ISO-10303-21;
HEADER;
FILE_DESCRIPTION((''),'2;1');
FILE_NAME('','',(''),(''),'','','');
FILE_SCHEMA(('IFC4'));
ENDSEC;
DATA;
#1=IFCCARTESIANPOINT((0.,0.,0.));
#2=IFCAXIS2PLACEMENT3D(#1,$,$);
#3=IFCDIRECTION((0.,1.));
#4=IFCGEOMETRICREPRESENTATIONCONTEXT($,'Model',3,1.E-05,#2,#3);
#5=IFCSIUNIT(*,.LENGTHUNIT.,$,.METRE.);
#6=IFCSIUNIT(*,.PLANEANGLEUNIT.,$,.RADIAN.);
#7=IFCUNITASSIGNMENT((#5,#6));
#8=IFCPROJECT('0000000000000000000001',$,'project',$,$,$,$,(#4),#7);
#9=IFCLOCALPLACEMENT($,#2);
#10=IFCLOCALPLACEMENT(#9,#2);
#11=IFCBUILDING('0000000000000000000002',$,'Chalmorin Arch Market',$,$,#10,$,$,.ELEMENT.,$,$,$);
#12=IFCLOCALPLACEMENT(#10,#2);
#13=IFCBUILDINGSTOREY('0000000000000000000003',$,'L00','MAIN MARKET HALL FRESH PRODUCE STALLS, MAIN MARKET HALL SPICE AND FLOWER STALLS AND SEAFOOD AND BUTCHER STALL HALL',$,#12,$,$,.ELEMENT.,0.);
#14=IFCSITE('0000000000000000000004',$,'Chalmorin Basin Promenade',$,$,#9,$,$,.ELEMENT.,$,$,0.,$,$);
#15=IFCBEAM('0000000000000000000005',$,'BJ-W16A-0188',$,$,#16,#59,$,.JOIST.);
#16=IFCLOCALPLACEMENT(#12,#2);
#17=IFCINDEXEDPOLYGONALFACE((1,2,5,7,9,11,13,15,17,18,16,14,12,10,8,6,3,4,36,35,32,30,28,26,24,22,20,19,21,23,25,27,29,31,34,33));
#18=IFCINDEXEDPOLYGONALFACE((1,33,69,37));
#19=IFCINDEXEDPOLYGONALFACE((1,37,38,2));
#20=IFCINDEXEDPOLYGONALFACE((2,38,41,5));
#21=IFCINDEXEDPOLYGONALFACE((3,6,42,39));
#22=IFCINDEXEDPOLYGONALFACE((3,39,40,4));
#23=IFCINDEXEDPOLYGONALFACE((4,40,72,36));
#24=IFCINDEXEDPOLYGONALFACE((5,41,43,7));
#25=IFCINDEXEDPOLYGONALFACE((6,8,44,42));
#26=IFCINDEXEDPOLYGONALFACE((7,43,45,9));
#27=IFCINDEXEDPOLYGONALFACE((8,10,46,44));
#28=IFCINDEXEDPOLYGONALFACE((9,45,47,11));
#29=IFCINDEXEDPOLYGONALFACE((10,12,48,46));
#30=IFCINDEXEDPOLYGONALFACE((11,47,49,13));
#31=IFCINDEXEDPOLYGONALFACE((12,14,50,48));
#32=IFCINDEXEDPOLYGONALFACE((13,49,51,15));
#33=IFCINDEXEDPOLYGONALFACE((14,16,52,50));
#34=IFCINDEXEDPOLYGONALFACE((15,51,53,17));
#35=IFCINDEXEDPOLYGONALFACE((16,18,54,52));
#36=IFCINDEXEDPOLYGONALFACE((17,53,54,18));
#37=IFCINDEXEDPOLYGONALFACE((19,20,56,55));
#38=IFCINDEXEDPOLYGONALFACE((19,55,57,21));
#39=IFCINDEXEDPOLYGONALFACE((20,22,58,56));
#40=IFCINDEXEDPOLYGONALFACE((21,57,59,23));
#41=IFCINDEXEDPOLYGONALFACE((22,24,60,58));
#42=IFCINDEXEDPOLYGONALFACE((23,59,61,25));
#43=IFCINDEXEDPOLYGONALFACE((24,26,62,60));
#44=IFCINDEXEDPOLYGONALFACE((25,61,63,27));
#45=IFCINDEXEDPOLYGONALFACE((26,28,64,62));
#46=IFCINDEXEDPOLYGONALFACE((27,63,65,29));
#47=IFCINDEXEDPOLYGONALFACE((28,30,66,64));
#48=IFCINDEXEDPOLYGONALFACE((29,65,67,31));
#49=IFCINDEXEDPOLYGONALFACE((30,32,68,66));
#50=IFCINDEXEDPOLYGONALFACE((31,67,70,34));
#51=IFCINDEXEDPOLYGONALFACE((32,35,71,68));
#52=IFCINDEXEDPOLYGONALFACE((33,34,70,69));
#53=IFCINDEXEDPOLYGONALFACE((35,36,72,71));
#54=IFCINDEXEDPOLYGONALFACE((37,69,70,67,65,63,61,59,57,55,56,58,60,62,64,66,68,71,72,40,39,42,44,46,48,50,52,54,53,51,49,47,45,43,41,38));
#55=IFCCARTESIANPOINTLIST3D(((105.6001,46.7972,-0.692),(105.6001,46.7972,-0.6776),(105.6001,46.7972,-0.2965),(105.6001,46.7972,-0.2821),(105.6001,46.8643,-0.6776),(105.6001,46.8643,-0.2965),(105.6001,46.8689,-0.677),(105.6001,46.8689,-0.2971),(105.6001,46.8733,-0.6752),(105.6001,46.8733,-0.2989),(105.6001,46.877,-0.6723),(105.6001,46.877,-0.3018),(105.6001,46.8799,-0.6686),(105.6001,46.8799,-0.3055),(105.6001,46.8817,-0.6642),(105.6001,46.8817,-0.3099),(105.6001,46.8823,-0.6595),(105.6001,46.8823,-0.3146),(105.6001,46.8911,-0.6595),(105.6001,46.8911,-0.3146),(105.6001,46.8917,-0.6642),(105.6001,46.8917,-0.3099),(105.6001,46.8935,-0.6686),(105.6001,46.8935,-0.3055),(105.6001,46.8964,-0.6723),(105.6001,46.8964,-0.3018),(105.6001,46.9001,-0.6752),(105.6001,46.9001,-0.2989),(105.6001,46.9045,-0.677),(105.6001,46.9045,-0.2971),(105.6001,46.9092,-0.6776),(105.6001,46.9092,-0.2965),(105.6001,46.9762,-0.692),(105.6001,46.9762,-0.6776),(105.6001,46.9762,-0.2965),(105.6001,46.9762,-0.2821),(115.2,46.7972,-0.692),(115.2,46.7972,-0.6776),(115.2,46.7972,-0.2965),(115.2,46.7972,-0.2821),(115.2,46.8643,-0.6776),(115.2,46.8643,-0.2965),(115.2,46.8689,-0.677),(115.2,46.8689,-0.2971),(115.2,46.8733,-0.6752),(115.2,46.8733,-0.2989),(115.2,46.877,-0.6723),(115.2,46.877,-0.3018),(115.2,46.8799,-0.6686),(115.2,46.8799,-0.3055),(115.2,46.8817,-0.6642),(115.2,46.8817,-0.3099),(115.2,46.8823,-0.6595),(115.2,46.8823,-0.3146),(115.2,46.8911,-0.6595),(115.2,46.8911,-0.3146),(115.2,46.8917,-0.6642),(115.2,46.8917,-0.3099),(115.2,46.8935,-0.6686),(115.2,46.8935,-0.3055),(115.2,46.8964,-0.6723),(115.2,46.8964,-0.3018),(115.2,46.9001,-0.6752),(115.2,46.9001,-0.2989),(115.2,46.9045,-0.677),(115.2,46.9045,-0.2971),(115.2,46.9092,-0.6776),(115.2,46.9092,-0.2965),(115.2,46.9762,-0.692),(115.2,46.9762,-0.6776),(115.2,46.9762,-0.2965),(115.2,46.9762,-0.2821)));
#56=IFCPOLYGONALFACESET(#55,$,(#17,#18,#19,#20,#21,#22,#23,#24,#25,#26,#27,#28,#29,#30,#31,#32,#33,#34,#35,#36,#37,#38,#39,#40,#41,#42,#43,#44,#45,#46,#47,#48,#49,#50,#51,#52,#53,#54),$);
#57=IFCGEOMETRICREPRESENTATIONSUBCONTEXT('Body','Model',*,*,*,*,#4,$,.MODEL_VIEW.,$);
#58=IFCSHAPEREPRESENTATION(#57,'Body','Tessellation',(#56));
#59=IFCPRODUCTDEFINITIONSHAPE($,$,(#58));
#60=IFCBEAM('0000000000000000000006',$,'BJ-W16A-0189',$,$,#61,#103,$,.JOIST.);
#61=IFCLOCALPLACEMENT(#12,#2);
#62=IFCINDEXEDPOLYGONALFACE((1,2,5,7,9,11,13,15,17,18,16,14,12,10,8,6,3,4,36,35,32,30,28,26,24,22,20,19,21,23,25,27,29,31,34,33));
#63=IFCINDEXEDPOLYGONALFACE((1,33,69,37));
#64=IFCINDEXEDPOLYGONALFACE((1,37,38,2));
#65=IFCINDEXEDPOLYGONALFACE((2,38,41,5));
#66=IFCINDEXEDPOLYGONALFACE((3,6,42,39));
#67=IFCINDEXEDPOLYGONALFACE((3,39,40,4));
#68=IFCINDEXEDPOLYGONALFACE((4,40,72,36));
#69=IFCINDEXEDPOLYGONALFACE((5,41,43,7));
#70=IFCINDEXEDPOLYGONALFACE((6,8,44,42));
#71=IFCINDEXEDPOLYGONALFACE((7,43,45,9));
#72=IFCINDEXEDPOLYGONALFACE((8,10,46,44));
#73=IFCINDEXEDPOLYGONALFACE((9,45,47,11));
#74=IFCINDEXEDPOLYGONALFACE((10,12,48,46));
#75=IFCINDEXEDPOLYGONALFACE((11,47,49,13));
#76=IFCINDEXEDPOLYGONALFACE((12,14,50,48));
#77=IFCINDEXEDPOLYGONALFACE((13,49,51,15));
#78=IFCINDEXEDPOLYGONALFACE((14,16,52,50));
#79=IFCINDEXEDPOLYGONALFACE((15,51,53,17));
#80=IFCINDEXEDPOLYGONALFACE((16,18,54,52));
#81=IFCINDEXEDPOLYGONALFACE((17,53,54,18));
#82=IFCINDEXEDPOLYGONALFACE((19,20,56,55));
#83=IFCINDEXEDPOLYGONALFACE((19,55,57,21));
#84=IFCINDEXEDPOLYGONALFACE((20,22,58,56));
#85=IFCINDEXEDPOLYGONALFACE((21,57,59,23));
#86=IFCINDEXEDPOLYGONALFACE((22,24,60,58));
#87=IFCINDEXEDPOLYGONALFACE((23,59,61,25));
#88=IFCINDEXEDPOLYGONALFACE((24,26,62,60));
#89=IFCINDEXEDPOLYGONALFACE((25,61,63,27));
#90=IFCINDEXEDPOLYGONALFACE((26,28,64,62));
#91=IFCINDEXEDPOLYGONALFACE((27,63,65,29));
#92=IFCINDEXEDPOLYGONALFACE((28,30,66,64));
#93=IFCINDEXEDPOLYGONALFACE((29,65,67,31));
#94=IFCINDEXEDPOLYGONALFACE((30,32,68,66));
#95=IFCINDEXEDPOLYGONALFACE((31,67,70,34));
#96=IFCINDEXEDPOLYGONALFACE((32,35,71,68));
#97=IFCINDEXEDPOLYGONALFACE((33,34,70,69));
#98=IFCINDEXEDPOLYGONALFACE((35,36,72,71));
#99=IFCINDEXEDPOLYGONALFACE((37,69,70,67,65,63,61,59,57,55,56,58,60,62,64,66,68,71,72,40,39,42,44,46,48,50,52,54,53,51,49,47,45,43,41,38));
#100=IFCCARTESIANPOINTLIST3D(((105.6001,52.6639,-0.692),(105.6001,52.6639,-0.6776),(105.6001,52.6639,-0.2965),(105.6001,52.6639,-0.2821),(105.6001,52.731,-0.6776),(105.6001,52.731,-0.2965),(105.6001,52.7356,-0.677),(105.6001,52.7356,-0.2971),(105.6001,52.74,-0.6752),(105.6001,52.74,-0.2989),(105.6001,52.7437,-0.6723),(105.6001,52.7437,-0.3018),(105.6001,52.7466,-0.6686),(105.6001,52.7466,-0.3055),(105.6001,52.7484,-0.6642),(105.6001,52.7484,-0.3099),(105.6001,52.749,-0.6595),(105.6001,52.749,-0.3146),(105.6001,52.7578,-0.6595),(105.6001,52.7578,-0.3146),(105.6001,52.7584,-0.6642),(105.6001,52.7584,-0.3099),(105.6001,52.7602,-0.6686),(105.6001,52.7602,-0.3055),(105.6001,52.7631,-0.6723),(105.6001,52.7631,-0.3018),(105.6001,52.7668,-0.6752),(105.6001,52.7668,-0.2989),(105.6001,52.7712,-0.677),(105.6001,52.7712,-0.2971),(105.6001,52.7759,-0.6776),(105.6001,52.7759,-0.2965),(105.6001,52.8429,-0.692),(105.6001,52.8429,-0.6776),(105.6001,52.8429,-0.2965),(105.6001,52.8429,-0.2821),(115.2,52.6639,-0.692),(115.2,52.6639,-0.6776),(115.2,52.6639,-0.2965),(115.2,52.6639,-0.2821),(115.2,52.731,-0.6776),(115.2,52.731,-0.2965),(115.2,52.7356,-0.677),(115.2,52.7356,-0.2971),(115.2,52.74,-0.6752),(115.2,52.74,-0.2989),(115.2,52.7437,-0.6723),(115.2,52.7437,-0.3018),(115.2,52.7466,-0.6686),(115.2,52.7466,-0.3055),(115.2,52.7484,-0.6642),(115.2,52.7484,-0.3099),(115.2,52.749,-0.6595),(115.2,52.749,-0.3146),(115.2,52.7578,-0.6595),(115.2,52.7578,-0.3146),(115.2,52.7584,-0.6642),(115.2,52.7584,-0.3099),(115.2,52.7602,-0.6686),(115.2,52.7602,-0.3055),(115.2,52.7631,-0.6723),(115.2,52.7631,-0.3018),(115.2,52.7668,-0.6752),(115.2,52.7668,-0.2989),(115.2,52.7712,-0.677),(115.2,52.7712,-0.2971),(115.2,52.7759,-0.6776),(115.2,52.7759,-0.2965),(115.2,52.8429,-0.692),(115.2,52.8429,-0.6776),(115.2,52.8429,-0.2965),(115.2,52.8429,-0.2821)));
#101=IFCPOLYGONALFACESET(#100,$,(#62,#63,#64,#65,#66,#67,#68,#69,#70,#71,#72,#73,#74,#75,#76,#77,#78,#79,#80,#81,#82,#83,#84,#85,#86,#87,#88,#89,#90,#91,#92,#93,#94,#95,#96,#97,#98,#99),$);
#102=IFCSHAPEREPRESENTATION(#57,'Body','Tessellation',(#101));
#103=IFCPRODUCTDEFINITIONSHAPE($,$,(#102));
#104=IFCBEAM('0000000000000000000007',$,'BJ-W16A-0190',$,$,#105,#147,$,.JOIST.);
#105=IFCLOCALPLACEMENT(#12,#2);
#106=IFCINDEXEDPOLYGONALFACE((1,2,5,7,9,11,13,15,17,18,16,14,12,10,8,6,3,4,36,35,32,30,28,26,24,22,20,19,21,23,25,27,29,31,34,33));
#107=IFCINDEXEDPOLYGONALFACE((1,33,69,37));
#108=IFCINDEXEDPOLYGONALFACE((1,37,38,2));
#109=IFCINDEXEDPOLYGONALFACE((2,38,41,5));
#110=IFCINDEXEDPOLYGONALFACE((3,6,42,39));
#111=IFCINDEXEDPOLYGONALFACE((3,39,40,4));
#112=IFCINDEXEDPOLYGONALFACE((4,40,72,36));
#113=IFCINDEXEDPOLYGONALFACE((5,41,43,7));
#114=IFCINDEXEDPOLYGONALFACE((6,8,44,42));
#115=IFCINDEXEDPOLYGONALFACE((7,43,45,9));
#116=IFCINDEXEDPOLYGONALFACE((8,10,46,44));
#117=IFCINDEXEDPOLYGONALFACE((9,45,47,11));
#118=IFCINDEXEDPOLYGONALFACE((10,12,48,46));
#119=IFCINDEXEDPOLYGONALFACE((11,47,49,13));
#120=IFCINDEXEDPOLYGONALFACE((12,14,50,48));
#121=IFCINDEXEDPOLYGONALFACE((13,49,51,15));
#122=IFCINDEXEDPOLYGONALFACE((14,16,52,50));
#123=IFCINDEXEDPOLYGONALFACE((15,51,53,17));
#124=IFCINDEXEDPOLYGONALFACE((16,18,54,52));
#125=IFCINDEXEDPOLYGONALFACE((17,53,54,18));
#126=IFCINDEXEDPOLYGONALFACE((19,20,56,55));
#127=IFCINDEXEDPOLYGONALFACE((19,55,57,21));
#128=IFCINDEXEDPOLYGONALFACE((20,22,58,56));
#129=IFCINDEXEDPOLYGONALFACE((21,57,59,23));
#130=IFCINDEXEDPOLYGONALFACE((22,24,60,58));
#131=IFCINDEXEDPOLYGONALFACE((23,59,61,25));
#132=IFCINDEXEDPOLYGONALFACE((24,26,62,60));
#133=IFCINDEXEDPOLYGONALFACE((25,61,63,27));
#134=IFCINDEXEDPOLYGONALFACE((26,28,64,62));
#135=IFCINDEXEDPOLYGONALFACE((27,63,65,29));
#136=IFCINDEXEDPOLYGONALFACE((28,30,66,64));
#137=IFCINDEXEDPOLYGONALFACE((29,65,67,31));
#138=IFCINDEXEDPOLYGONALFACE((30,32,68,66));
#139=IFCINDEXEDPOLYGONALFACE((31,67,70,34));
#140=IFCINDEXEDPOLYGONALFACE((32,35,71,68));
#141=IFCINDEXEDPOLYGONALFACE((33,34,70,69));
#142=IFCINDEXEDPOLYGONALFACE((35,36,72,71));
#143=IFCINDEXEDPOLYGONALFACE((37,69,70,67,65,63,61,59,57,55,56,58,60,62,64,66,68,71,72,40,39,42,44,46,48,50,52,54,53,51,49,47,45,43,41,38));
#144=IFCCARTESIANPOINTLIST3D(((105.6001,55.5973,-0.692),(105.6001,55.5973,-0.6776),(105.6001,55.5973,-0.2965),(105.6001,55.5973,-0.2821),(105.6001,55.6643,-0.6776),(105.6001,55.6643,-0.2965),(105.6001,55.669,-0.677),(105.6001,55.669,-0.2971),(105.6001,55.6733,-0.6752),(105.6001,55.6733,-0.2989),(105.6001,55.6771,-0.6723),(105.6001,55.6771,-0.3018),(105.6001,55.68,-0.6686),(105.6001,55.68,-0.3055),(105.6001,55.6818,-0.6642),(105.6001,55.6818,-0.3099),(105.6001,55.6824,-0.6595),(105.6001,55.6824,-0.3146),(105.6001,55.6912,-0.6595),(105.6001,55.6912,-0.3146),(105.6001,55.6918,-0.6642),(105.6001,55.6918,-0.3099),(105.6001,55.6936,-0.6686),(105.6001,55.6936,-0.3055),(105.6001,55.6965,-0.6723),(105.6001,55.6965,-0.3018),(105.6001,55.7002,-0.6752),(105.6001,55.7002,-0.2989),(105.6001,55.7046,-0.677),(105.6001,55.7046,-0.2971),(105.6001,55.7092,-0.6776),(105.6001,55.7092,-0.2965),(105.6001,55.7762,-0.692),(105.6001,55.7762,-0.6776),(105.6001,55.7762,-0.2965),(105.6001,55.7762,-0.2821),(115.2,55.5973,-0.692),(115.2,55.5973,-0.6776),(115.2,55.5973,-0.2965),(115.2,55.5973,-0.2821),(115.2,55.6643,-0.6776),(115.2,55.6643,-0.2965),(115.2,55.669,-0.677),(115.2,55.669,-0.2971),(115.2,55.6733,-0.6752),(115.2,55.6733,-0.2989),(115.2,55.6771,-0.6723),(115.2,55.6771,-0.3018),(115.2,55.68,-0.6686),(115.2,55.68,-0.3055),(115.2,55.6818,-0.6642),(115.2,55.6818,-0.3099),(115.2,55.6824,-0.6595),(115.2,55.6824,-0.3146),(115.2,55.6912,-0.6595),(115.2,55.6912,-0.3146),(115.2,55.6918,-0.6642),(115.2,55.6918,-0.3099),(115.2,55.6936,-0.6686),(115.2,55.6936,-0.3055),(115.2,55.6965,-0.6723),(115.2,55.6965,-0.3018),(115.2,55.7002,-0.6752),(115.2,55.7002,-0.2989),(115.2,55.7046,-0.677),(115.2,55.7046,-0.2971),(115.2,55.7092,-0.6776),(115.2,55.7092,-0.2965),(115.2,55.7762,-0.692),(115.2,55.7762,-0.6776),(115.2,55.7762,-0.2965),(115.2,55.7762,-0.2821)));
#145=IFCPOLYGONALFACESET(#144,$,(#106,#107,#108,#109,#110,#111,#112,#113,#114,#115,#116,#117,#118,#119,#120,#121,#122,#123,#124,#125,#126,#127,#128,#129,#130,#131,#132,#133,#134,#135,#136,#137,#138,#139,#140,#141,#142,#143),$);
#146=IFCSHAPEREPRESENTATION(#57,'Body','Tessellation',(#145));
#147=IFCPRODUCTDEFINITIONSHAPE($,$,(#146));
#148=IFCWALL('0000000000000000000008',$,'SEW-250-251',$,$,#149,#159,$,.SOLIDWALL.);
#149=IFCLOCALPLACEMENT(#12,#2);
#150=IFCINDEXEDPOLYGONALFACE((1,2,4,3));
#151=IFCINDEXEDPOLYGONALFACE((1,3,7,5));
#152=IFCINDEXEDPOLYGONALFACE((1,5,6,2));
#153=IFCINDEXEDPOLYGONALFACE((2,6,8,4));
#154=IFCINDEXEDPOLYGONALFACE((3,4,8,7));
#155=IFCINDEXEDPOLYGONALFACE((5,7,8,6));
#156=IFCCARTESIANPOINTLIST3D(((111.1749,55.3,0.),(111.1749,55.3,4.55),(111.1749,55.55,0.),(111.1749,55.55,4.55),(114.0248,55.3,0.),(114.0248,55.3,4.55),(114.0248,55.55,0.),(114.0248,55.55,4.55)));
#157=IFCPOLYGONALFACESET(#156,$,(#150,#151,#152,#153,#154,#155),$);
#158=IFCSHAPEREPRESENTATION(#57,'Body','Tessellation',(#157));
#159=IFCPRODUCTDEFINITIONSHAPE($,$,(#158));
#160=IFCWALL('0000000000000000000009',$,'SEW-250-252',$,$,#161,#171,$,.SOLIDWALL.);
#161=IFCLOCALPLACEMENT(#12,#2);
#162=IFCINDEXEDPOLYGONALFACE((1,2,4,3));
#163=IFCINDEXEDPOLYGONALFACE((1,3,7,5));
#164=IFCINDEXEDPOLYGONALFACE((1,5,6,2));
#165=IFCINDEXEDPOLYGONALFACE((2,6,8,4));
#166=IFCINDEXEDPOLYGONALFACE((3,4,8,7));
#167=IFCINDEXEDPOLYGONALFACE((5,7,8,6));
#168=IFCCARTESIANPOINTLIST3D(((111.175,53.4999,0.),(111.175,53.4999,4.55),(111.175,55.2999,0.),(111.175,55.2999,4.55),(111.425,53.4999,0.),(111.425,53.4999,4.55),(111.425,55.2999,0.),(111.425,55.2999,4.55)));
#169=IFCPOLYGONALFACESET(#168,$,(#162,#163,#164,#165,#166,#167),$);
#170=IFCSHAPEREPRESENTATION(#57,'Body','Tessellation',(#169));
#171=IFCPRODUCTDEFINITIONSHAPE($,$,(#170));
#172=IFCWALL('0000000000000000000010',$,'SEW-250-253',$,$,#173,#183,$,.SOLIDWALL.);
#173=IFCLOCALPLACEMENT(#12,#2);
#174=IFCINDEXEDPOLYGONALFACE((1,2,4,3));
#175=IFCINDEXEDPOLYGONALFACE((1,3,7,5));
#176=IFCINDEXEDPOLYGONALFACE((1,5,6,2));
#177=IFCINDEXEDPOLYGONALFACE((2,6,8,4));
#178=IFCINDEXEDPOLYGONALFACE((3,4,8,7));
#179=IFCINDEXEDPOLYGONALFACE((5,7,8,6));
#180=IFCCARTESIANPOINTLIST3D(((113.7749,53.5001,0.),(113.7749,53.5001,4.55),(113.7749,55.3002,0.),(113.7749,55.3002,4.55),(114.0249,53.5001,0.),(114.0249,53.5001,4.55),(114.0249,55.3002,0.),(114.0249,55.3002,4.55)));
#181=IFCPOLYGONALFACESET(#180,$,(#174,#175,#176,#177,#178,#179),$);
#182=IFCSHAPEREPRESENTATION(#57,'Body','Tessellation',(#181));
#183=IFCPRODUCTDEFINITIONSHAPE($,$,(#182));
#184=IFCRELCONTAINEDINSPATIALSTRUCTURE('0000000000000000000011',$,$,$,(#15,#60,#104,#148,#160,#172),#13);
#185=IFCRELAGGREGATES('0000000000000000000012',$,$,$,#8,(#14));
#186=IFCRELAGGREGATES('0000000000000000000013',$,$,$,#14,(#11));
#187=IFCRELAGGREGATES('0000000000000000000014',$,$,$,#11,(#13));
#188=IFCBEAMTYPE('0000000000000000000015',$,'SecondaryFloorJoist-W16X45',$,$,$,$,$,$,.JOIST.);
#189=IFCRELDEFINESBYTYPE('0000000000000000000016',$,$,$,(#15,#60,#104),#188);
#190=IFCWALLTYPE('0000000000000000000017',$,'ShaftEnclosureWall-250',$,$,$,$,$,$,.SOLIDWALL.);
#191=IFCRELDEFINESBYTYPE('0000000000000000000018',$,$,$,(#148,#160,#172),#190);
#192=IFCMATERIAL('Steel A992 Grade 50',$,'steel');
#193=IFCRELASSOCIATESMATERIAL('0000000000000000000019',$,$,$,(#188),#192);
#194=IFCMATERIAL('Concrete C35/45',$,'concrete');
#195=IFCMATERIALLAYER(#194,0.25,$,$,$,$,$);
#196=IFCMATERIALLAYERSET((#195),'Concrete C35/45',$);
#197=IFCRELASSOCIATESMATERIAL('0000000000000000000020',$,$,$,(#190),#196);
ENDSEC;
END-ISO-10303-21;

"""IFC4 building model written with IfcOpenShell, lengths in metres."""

from ifc_helpers import new_model, si_unit, direction, frame, frame_2d, origin, origin_2d, place, context, subcontext, project, spatial, rectangle, i_section, extrude, material, layer, layer_set, material_profile, profile_set, type_object, element, save


model = new_model("IFC4")

# Units and contexts
model_context = context("Model", 3, precision=1e-05, world=origin(), true_north=direction((0.0, 1.0)))
body_context = subcontext(model_context, "Body", "Model", "MODEL_VIEW")
ifc_project = project(units=[si_unit("LENGTHUNIT", "METRE"), si_unit("PLANEANGLEUNIT", "RADIAN")], contexts=[model_context])

# Site, building, storey
site_placement = place(None, origin())
site = spatial("IfcSite", under=ifc_project, at=site_placement, Name="Chalmorin Basin Promenade", CompositionType="ELEMENT", RefElevation=0.0)
building_placement = place(site_placement, origin())
building = spatial("IfcBuilding", under=site, at=building_placement, Name="Chalmorin Arch Market", CompositionType="ELEMENT")
storey_placement = place(building_placement, origin())
storey = spatial("IfcBuildingStorey", under=building, at=storey_placement, Name="L00", Description="MAIN MARKET HALL FRESH PRODUCE STALLS, MAIN MARKET HALL SPICE AND FLOWER STALLS AND SEAFOOD AND BUTCHER STALL HALL", CompositionType="ELEMENT", Elevation=0.0)

# Beams
ifc_material_1 = material(Name="Steel A992 Grade 50", Category="steel")
ifc_material_profile_1 = material_profile(ifc_material_1, i_section(OverallWidth=0.179, OverallDepth=0.4099, WebThickness=0.0088, FlangeThickness=0.0144, FilletRadius=0.0181, at=origin_2d()), Name="W16X45")
ifc_profile_set_1 = profile_set([ifc_material_profile_1], Name="Steel A992 Grade 50")
beam_type_1 = type_object("IfcBeamType", Name="SecondaryFloorJoist-W16X45", PredefinedType="JOIST", material=ifc_profile_set_1)
for number, where, z_axis, x_axis, name in (
    (1, (105.6001, 46.8867, -0.4871), (1.0, 0.0, 0.0), (0.0, 1.0, 0.0), "BJ-W16A-0188"),
    (2, (105.6001, 52.7534, -0.4871), (1.0, 0.0, 0.0), (0.0, 1.0, 0.0), "BJ-W16A-0189"),
    (3, (105.6001, 55.6868, -0.4871), (1.0, 0.0, 0.0), (0.0, 1.0, 0.0), "BJ-W16A-0190"),
):
    element("IfcBeam", number, at=place(storey_placement, frame(where, z_axis=z_axis, x_axis=x_axis)), inside=storey, type_object=beam_type_1, Name=name, PredefinedType="JOIST", context=body_context, shape_type="SweptSolid", body=[
        extrude(i_section(OverallWidth=0.179, OverallDepth=0.4099, WebThickness=0.0088, FlangeThickness=0.0144, FilletRadius=0.0181, at=origin_2d()), origin(), (0.0, 0.0, 1.0), 9.5999),
    ])

# Shared definitions
ifc_material_2 = material(Name="Concrete C35/45", Category="concrete")

# Walls
ifc_layer_1 = layer(ifc_material_2, 0.25)
ifc_layer_set_1 = layer_set([ifc_layer_1], Name="Concrete C35/45")
wall_type_1 = type_object("IfcWallType", Name="ShaftEnclosureWall-250", PredefinedType="SOLIDWALL", material=ifc_layer_set_1)
wall_1_placement = place(storey_placement, frame((111.175, 55.425, 0.0), z_axis=(0.0, 0.0, 1.0), x_axis=(1.0, 0.0, 0.0)))
element("IfcWall", 4, at=wall_1_placement, inside=storey, type_object=wall_type_1, Name="SEW-250-251", PredefinedType="SOLIDWALL", context=body_context, shape_type="SweptSolid", body=[
    extrude(rectangle(XDim=2.8499, YDim=0.25, at=frame_2d((1.4248, 0.0))), origin(), (0.0, 0.0, 1.0), 4.55),
])
for number, where, z_axis, x_axis, name in (
    (5, (111.3, 53.5, 0.0), (0.0, 0.0, 1.0), (0.0, 1.0, 0.0), "SEW-250-252"),
    (6, (113.8999, 55.3, 0.0), (0.0, 0.0, 1.0), (0.0, -1.0, 0.0), "SEW-250-253"),
):
    element("IfcWall", number, at=place(storey_placement, frame(where, z_axis=z_axis, x_axis=x_axis)), inside=storey, type_object=wall_type_1, Name=name, PredefinedType="SOLIDWALL", context=body_context, shape_type="SweptSolid", body=[
        extrude(rectangle(XDim=1.8, YDim=0.25, at=frame_2d((0.8999, 0.0))), origin(), (0.0, 0.0, 1.0), 4.55),
    ])

save(model, "model.ifc")
